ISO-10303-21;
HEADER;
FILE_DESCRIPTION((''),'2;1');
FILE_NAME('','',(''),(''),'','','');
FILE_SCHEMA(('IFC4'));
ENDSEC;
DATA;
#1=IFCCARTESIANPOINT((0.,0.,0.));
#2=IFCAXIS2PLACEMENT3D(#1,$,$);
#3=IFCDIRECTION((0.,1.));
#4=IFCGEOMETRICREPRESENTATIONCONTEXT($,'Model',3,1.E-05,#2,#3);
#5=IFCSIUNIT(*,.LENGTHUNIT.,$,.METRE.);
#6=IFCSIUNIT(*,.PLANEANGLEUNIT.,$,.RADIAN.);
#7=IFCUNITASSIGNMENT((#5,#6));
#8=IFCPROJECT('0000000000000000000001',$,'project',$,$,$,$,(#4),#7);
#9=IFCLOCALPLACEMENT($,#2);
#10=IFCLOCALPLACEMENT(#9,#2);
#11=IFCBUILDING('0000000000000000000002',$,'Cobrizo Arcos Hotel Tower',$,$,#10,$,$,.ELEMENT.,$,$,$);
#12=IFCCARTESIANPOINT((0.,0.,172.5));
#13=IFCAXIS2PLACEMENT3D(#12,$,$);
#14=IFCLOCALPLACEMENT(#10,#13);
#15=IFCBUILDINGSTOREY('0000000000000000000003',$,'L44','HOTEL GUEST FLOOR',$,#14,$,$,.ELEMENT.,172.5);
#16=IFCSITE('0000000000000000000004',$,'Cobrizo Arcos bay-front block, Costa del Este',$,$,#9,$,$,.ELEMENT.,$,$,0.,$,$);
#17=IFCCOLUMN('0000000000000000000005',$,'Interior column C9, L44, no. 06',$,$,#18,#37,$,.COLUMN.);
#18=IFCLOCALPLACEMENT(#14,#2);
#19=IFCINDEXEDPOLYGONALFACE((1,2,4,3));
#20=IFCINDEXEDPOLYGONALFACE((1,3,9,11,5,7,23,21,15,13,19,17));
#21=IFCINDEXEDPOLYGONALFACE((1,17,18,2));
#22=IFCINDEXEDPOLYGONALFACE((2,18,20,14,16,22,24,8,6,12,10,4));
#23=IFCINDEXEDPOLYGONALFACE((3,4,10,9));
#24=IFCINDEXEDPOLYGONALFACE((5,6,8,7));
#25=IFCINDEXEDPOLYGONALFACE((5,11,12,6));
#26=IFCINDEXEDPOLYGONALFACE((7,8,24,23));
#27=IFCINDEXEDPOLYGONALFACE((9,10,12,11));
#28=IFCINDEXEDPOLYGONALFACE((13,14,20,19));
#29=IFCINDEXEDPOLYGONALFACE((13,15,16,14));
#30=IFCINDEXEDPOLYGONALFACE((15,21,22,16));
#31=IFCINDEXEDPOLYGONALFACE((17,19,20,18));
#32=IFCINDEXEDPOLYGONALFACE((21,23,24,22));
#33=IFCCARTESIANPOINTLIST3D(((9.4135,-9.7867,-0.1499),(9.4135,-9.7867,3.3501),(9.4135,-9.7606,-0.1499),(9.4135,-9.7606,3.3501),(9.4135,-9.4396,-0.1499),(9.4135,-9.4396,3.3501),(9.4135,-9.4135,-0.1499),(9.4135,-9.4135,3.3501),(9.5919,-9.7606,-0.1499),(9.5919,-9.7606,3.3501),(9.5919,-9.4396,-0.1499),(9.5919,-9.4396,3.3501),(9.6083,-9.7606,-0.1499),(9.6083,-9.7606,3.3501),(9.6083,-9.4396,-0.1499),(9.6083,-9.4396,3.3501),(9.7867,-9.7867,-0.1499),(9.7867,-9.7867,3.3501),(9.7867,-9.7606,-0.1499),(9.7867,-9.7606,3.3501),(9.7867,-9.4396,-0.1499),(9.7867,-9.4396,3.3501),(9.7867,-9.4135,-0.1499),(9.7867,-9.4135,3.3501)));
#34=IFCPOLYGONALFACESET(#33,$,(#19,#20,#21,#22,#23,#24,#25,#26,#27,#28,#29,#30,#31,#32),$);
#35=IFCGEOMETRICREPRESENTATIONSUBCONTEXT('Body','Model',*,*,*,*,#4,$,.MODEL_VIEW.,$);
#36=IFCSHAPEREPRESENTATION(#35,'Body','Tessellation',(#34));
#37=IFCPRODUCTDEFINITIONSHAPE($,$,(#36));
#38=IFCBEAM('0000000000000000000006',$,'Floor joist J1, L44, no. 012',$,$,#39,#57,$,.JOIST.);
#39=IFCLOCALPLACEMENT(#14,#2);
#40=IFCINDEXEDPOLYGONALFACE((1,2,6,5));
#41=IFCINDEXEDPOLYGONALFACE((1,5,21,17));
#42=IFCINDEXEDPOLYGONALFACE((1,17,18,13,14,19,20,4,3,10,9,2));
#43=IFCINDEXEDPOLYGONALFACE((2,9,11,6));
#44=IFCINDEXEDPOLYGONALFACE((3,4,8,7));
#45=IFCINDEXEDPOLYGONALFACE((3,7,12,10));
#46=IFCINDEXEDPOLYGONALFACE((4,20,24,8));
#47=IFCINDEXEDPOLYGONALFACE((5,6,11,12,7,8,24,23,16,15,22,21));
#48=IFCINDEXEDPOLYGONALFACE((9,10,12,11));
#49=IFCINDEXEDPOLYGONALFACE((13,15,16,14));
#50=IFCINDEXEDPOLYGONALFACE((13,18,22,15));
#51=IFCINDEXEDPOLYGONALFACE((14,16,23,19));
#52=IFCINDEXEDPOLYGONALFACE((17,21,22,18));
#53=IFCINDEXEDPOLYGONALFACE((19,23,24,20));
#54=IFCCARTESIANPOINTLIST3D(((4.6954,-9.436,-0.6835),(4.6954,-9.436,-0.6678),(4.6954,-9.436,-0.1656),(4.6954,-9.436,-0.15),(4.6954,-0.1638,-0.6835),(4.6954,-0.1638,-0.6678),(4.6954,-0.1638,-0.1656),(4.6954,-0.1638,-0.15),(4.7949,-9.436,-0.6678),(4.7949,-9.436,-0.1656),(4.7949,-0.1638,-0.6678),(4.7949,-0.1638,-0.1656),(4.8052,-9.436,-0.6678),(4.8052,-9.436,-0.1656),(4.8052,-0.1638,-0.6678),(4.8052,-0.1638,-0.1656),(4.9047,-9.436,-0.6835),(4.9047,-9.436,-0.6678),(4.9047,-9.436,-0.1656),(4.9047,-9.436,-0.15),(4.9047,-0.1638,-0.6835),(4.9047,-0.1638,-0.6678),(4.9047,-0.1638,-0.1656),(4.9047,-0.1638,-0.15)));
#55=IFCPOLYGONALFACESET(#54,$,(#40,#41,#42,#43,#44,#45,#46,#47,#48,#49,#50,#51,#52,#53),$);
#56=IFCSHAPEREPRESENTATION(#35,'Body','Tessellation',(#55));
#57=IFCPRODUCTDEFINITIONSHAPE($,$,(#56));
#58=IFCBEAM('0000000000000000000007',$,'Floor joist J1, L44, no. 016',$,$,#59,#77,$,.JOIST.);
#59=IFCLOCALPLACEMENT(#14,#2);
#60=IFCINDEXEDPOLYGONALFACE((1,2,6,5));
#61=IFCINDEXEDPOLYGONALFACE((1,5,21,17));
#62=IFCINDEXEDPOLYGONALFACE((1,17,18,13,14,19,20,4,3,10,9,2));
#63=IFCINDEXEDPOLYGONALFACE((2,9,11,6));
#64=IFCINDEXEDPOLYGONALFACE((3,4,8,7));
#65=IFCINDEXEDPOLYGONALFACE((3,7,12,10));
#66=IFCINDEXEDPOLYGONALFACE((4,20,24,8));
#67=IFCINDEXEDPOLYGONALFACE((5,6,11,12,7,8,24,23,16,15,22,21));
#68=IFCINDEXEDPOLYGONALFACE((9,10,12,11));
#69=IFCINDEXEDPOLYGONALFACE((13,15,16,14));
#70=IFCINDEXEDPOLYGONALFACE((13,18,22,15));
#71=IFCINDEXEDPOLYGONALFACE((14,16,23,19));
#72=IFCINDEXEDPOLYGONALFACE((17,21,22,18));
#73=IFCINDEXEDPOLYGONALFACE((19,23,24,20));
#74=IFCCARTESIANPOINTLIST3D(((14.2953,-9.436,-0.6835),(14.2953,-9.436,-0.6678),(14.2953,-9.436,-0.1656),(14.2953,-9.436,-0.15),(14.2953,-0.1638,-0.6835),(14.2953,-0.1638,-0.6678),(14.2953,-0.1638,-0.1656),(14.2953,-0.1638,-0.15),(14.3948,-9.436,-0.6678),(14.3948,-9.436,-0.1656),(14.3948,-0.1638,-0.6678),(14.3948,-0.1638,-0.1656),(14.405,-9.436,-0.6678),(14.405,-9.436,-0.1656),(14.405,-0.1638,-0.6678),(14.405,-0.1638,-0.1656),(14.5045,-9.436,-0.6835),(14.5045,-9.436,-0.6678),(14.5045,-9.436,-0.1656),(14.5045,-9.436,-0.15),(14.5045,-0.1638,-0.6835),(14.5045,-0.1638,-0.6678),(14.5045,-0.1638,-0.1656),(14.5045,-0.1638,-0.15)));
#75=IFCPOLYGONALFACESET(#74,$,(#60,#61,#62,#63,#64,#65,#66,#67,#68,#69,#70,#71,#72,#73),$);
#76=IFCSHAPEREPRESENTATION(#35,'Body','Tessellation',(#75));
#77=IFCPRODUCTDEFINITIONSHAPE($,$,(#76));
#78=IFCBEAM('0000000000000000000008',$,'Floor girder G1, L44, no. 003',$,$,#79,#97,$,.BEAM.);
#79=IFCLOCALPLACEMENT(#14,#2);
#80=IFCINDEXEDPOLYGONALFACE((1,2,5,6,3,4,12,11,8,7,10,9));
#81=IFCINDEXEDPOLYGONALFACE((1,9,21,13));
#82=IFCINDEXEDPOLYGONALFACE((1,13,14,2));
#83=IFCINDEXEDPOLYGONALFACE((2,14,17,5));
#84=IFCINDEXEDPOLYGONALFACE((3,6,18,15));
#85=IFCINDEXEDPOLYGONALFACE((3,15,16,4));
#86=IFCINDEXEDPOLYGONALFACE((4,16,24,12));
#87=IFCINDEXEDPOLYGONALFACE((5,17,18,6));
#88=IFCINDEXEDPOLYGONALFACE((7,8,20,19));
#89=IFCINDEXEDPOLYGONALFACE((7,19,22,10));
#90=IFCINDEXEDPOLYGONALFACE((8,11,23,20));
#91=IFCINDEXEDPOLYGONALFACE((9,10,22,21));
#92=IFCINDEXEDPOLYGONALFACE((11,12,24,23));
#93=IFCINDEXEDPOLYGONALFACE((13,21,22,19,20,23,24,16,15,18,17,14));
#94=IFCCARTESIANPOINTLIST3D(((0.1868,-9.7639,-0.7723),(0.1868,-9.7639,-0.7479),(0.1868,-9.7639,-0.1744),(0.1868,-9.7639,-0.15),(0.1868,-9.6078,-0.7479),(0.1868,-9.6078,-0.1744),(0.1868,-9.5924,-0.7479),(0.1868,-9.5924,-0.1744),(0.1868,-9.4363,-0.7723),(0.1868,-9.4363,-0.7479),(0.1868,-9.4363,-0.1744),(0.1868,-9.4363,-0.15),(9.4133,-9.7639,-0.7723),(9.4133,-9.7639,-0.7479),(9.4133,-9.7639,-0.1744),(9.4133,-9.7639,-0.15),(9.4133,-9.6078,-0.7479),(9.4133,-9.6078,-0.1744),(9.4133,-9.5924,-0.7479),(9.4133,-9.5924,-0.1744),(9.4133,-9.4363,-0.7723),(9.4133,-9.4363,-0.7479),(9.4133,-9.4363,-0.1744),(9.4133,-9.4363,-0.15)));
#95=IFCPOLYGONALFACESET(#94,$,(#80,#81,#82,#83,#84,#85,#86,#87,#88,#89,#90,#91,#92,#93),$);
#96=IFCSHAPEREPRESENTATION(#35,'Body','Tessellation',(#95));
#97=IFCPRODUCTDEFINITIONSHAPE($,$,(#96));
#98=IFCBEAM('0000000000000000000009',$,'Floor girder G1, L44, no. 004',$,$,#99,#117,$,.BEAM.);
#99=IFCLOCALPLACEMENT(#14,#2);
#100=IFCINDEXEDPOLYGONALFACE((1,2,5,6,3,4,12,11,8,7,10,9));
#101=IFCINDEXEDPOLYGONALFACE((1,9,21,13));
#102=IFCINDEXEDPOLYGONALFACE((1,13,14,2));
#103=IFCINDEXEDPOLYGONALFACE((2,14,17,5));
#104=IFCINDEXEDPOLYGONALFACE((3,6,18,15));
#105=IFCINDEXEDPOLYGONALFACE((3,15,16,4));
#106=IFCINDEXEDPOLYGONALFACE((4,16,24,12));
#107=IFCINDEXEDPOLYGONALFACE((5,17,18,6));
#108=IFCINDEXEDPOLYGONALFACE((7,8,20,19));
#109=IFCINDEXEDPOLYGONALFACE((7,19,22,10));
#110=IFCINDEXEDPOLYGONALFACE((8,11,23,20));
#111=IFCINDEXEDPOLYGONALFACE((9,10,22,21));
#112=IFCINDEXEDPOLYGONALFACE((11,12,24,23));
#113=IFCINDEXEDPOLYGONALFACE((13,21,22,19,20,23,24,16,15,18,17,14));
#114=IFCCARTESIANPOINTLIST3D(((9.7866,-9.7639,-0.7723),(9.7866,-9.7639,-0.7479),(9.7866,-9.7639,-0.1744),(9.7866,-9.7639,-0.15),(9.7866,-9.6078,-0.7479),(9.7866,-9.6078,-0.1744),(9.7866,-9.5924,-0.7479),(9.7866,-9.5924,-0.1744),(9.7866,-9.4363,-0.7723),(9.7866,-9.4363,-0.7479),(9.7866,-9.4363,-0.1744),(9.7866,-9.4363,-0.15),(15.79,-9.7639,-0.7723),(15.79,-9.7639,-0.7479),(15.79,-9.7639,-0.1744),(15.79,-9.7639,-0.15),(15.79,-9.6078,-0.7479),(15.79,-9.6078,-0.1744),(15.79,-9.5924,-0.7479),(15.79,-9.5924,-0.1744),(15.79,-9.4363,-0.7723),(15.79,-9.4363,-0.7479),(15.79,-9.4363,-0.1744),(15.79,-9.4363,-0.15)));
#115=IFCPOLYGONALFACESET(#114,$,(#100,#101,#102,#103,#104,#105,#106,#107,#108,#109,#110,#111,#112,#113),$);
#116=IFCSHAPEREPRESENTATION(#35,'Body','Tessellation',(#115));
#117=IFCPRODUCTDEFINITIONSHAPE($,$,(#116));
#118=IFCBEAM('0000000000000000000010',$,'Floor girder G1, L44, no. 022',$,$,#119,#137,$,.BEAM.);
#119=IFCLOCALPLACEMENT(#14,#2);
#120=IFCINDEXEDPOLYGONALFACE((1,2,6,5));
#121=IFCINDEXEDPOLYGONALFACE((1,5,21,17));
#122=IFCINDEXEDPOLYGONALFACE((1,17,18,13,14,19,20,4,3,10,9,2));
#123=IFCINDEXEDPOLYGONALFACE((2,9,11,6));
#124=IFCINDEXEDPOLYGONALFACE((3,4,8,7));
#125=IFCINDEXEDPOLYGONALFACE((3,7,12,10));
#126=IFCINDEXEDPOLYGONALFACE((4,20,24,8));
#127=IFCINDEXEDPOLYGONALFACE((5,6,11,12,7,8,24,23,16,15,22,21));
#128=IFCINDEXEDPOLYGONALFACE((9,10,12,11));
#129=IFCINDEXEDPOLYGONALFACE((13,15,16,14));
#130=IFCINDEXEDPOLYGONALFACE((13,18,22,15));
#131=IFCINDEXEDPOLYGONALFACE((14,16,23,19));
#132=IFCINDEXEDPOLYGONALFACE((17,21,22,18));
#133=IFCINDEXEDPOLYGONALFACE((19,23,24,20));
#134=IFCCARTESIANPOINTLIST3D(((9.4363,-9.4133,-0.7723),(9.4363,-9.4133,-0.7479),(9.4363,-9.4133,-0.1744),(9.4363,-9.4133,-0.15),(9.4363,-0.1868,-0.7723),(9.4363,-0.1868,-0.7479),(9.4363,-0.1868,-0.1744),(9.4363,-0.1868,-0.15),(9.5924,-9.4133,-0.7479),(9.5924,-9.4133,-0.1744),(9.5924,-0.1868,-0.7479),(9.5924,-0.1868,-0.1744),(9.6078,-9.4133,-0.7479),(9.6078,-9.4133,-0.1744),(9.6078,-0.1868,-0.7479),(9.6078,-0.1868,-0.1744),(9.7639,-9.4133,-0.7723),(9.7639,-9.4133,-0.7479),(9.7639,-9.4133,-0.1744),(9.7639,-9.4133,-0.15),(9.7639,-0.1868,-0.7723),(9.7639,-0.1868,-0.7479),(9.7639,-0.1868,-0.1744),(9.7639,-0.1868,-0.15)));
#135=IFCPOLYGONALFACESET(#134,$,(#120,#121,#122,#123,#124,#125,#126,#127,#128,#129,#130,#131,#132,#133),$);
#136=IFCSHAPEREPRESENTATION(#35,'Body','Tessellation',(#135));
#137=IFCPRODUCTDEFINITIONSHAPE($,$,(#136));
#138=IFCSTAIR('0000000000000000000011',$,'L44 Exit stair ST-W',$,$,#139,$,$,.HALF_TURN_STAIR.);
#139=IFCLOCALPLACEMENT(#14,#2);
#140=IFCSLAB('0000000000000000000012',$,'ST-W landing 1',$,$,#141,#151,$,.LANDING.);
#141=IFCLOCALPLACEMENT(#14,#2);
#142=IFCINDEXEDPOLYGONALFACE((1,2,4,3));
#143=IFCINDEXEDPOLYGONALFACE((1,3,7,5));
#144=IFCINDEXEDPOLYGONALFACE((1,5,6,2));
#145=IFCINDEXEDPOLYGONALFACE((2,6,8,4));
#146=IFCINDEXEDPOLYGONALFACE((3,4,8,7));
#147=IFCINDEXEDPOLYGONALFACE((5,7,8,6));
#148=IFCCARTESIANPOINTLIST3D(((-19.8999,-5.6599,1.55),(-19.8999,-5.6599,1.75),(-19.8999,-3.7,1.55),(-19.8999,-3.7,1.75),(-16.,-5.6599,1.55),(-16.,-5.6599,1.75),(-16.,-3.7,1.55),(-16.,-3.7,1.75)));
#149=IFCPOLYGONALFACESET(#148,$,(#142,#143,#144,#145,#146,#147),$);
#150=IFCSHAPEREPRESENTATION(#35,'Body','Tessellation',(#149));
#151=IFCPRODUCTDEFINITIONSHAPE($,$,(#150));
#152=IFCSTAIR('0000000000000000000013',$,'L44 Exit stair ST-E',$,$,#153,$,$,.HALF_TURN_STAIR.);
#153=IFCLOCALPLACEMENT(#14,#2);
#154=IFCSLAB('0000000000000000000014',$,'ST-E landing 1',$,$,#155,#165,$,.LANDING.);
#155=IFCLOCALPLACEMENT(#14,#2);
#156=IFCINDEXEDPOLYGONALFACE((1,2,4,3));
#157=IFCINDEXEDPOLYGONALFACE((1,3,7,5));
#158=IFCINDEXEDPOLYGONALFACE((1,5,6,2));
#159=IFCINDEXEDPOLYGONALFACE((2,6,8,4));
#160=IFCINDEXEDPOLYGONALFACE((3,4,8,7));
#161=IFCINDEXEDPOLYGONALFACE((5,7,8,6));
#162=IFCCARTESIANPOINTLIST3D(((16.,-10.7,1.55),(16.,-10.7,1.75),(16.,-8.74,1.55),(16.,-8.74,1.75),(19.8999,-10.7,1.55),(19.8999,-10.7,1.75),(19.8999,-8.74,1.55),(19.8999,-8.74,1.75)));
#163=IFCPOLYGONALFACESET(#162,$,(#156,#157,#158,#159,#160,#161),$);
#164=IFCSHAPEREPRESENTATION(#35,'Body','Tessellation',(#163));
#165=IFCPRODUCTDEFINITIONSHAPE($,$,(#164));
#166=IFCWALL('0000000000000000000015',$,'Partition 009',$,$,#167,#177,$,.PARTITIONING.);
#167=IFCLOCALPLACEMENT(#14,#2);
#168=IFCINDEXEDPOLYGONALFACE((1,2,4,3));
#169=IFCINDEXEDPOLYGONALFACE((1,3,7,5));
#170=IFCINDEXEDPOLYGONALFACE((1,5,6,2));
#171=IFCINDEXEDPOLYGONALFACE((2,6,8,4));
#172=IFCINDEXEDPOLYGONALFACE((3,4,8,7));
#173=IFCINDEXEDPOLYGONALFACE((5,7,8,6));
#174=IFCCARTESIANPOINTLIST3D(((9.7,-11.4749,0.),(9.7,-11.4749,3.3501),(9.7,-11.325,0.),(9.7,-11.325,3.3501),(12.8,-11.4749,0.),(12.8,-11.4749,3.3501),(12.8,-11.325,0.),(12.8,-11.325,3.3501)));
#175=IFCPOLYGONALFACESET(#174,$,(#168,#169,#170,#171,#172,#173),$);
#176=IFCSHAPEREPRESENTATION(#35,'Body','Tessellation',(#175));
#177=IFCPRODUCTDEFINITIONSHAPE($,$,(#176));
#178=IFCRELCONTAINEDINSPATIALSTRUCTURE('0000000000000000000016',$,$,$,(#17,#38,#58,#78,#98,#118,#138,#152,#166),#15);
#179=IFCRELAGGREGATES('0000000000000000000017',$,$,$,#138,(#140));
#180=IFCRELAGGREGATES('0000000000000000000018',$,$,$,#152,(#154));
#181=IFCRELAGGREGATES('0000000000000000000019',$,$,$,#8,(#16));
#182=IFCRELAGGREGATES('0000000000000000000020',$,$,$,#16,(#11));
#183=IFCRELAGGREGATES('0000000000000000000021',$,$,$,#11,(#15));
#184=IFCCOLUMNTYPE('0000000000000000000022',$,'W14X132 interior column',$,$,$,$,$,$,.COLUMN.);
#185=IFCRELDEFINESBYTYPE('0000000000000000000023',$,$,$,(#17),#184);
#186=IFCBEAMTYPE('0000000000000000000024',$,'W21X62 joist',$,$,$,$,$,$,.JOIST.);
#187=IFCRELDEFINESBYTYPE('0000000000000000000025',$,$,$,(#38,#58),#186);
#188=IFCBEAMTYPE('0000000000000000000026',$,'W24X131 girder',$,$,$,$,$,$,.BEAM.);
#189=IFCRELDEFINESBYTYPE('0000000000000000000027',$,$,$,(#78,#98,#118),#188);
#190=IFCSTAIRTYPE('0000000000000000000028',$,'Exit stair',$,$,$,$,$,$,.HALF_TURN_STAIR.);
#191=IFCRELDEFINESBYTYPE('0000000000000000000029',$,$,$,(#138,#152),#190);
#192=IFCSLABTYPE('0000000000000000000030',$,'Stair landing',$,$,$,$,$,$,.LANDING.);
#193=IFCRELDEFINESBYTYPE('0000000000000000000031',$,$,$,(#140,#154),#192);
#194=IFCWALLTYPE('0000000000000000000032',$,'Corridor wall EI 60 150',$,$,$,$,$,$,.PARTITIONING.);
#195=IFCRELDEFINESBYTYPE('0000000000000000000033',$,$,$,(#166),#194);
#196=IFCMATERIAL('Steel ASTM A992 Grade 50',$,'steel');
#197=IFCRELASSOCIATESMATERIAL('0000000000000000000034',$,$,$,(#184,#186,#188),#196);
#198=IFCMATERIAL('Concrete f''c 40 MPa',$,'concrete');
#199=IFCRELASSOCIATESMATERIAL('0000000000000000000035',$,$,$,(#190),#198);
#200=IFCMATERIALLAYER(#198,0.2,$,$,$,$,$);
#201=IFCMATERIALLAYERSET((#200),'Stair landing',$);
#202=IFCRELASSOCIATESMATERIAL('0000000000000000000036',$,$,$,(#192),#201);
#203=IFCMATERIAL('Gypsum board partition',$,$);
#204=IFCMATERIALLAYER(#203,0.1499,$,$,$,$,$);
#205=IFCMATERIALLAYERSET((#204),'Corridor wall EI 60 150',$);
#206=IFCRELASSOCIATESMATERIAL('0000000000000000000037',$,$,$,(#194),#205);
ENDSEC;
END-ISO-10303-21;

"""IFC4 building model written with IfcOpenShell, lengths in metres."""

from ifc_helpers import new_model, si_unit, direction, frame, frame_2d, origin, origin_2d, place, context, subcontext, project, spatial, polyline, rectangle, i_section, outline, extrude, material, layer, layer_set, material_profile, profile_set, type_object, element, aggregate, save


model = new_model("IFC4")

# Units and contexts
model_context = context("Model", 3, precision=1e-05, world=origin(), true_north=direction((0.0, 1.0)))
body_context = subcontext(model_context, "Body", "Model", "MODEL_VIEW")
ifc_project = project(units=[si_unit("LENGTHUNIT", "METRE"), si_unit("PLANEANGLEUNIT", "RADIAN")], contexts=[model_context])

# Site, building, storey
site_placement = place(None, origin())
site = spatial("IfcSite", under=ifc_project, at=site_placement, Name="Cobrizo Arcos bay-front block, Costa del Este", CompositionType="ELEMENT", RefElevation=0.0)
building_placement = place(site_placement, origin())
building = spatial("IfcBuilding", under=site, at=building_placement, Name="Cobrizo Arcos Hotel Tower", CompositionType="ELEMENT")
storey_placement = place(building_placement, frame((0.0, 0.0, 172.5)))
storey = spatial("IfcBuildingStorey", under=building, at=storey_placement, Name="L44", Description="HOTEL GUEST FLOOR", CompositionType="ELEMENT", Elevation=172.5)

# Column
ifc_material_1 = material(Name="Steel ASTM A992 Grade 50", Category="steel")
ifc_material_profile_1 = material_profile(ifc_material_1, i_section(OverallWidth=0.3733, OverallDepth=0.3733, WebThickness=0.0164, FlangeThickness=0.0261, at=origin_2d()), Name="W14X132")
ifc_profile_set_1 = profile_set([ifc_material_profile_1], Name="Steel ASTM A992 Grade 50")
column_type = type_object("IfcColumnType", Name="W14X132 interior column", PredefinedType="COLUMN", material=ifc_profile_set_1)
column_placement = place(storey_placement, frame((9.6001, -9.6001, -0.1499), z_axis=(0.0, 0.0, 1.0), x_axis=(1.0, 0.0, 0.0)))
element("IfcColumn", 1, at=column_placement, inside=storey, type_object=column_type, Name="Interior column C9, L44, no. 06", PredefinedType="COLUMN", context=body_context, shape_type="SweptSolid", body=[
    extrude(i_section(OverallWidth=0.3733, OverallDepth=0.3733, WebThickness=0.0164, FlangeThickness=0.0261, at=origin_2d()), origin(), (0.0, 0.0, 1.0), 3.5),
])

# Beams
ifc_material_profile_2 = material_profile(ifc_material_1, i_section(OverallWidth=0.2092, OverallDepth=0.5334, WebThickness=0.0103, FlangeThickness=0.0156, at=origin_2d()), Name="W21X62")
ifc_profile_set_2 = profile_set([ifc_material_profile_2], Name="Steel ASTM A992 Grade 50")
beam_type_1 = type_object("IfcBeamType", Name="W21X62 joist", PredefinedType="JOIST", material=ifc_profile_set_2)
for number, where, z_axis, x_axis, name in (
    (2, (4.8, -9.436, -0.4167), (0.0, 1.0, 0.0), (-1.0, 0.0, 0.0), "Floor joist J1, L44, no. 012"),
    (3, (14.3999, -9.436, -0.4167), (0.0, 1.0, 0.0), (-1.0, 0.0, 0.0), "Floor joist J1, L44, no. 016"),
):
    element("IfcBeam", number, at=place(storey_placement, frame(where, z_axis=z_axis, x_axis=x_axis)), inside=storey, type_object=beam_type_1, Name=name, PredefinedType="JOIST", context=body_context, shape_type="SweptSolid", body=[
        extrude(i_section(OverallWidth=0.2092, OverallDepth=0.5334, WebThickness=0.0103, FlangeThickness=0.0156, at=origin_2d()), origin(), (0.0, 0.0, 1.0), 9.2722),
    ])
ifc_material_profile_3 = material_profile(ifc_material_1, i_section(OverallWidth=0.3276, OverallDepth=0.6223, WebThickness=0.0154, FlangeThickness=0.0244, at=origin_2d()), Name="W24X131")
ifc_profile_set_3 = profile_set([ifc_material_profile_3], Name="Steel ASTM A992 Grade 50")
beam_type_2 = type_object("IfcBeamType", Name="W24X131 girder", PredefinedType="BEAM", material=ifc_profile_set_3)
beam_1_placement = place(storey_placement, frame((0.1868, -9.6001, -0.4612), z_axis=(1.0, 0.0, 0.0), x_axis=(0.0, 1.0, 0.0)))
element("IfcBeam", 4, at=beam_1_placement, inside=storey, type_object=beam_type_2, Name="Floor girder G1, L44, no. 003", PredefinedType="BEAM", context=body_context, shape_type="SweptSolid", body=[
    extrude(i_section(OverallWidth=0.3276, OverallDepth=0.6223, WebThickness=0.0154, FlangeThickness=0.0244, at=origin_2d()), origin(), (0.0, 0.0, 1.0), 9.2266),
])
beam_2_placement = place(storey_placement, frame((9.7866, -9.6001, -0.4612), z_axis=(1.0, 0.0, 0.0), x_axis=(0.0, 1.0, 0.0)))
element("IfcBeam", 5, at=beam_2_placement, inside=storey, type_object=beam_type_2, Name="Floor girder G1, L44, no. 004", PredefinedType="BEAM", context=body_context, shape_type="SweptSolid", body=[
    extrude(i_section(OverallWidth=0.3276, OverallDepth=0.6223, WebThickness=0.0154, FlangeThickness=0.0244, at=origin_2d()), origin(), (0.0, 0.0, 1.0), 6.0034),
])
beam_3_placement = place(storey_placement, frame((9.6001, -9.4133, -0.4612), z_axis=(0.0, 1.0, 0.0), x_axis=(-1.0, 0.0, 0.0)))
element("IfcBeam", 6, at=beam_3_placement, inside=storey, type_object=beam_type_2, Name="Floor girder G1, L44, no. 022", PredefinedType="BEAM", context=body_context, shape_type="SweptSolid", body=[
    extrude(i_section(OverallWidth=0.3276, OverallDepth=0.6223, WebThickness=0.0154, FlangeThickness=0.0244, at=origin_2d()), origin(), (0.0, 0.0, 1.0), 9.2266),
])

# Stairs, slabs
ifc_material_2 = material(Name="Concrete f'c 40 MPa", Category="concrete")
stair_type = type_object("IfcStairType", Name="Exit stair", PredefinedType="HALF_TURN_STAIR", material=ifc_material_2)
stair_1_placement = place(storey_placement, origin())
stair_1 = element("IfcStair", 7, at=stair_1_placement, inside=storey, type_object=stair_type, Name="L44 Exit stair ST-W", PredefinedType="HALF_TURN_STAIR")
ifc_layer_1 = layer(ifc_material_2, 0.2)
ifc_layer_set_1 = layer_set([ifc_layer_1], Name="Stair landing")
slab_type = type_object("IfcSlabType", Name="Stair landing", PredefinedType="LANDING", material=ifc_layer_set_1)
slab_1_placement = place(storey_placement, frame((0.0, 0.0, 1.55)))
slab_1 = element("IfcSlab", 8, at=slab_1_placement, type_object=slab_type, Name="ST-W landing 1", PredefinedType="LANDING", context=body_context, shape_type="SweptSolid", body=[
    extrude(outline(polyline([(-16.0, -5.6599), (-16.0, -3.7), (-19.8999, -3.7), (-19.8999, -5.6599), (-16.0, -5.6599)])), origin(), (0.0, 0.0, 1.0), 0.2),
])
aggregate(stair_1, [slab_1])
stair_2_placement = place(storey_placement, origin())
stair_2 = element("IfcStair", 9, at=stair_2_placement, inside=storey, type_object=stair_type, Name="L44 Exit stair ST-E", PredefinedType="HALF_TURN_STAIR")
slab_2_placement = place(storey_placement, frame((0.0, 0.0, 1.55)))
slab_2 = element("IfcSlab", 10, at=slab_2_placement, type_object=slab_type, Name="ST-E landing 1", PredefinedType="LANDING", context=body_context, shape_type="SweptSolid", body=[
    extrude(outline(polyline([(16.0, -8.74), (16.0, -10.7), (19.8999, -10.7), (19.8999, -8.74), (16.0, -8.74)])), origin(), (0.0, 0.0, 1.0), 0.2),
])
aggregate(stair_2, [slab_2])

# Wall
ifc_material_3 = material(Name="Gypsum board partition")
ifc_layer_2 = layer(ifc_material_3, 0.1499)
ifc_layer_set_2 = layer_set([ifc_layer_2], Name="Corridor wall EI 60 150")
wall_type_1 = type_object("IfcWallType", Name="Corridor wall EI 60 150", PredefinedType="PARTITIONING", material=ifc_layer_set_2)
wall_1_placement = place(storey_placement, frame((9.7, -11.3999, 0.0), z_axis=(0.0, 0.0, 1.0), x_axis=(1.0, 0.0, 0.0)))
element("IfcWall", 11, at=wall_1_placement, inside=storey, type_object=wall_type_1, Name="Partition 009", PredefinedType="PARTITIONING", context=body_context, shape_type="SweptSolid", body=[
    extrude(rectangle(XDim=3.1001, YDim=0.1499, at=frame_2d((1.55, 0.0))), origin(), (0.0, 0.0, 1.0), 3.3501),
])

save(model, "model.ifc")
